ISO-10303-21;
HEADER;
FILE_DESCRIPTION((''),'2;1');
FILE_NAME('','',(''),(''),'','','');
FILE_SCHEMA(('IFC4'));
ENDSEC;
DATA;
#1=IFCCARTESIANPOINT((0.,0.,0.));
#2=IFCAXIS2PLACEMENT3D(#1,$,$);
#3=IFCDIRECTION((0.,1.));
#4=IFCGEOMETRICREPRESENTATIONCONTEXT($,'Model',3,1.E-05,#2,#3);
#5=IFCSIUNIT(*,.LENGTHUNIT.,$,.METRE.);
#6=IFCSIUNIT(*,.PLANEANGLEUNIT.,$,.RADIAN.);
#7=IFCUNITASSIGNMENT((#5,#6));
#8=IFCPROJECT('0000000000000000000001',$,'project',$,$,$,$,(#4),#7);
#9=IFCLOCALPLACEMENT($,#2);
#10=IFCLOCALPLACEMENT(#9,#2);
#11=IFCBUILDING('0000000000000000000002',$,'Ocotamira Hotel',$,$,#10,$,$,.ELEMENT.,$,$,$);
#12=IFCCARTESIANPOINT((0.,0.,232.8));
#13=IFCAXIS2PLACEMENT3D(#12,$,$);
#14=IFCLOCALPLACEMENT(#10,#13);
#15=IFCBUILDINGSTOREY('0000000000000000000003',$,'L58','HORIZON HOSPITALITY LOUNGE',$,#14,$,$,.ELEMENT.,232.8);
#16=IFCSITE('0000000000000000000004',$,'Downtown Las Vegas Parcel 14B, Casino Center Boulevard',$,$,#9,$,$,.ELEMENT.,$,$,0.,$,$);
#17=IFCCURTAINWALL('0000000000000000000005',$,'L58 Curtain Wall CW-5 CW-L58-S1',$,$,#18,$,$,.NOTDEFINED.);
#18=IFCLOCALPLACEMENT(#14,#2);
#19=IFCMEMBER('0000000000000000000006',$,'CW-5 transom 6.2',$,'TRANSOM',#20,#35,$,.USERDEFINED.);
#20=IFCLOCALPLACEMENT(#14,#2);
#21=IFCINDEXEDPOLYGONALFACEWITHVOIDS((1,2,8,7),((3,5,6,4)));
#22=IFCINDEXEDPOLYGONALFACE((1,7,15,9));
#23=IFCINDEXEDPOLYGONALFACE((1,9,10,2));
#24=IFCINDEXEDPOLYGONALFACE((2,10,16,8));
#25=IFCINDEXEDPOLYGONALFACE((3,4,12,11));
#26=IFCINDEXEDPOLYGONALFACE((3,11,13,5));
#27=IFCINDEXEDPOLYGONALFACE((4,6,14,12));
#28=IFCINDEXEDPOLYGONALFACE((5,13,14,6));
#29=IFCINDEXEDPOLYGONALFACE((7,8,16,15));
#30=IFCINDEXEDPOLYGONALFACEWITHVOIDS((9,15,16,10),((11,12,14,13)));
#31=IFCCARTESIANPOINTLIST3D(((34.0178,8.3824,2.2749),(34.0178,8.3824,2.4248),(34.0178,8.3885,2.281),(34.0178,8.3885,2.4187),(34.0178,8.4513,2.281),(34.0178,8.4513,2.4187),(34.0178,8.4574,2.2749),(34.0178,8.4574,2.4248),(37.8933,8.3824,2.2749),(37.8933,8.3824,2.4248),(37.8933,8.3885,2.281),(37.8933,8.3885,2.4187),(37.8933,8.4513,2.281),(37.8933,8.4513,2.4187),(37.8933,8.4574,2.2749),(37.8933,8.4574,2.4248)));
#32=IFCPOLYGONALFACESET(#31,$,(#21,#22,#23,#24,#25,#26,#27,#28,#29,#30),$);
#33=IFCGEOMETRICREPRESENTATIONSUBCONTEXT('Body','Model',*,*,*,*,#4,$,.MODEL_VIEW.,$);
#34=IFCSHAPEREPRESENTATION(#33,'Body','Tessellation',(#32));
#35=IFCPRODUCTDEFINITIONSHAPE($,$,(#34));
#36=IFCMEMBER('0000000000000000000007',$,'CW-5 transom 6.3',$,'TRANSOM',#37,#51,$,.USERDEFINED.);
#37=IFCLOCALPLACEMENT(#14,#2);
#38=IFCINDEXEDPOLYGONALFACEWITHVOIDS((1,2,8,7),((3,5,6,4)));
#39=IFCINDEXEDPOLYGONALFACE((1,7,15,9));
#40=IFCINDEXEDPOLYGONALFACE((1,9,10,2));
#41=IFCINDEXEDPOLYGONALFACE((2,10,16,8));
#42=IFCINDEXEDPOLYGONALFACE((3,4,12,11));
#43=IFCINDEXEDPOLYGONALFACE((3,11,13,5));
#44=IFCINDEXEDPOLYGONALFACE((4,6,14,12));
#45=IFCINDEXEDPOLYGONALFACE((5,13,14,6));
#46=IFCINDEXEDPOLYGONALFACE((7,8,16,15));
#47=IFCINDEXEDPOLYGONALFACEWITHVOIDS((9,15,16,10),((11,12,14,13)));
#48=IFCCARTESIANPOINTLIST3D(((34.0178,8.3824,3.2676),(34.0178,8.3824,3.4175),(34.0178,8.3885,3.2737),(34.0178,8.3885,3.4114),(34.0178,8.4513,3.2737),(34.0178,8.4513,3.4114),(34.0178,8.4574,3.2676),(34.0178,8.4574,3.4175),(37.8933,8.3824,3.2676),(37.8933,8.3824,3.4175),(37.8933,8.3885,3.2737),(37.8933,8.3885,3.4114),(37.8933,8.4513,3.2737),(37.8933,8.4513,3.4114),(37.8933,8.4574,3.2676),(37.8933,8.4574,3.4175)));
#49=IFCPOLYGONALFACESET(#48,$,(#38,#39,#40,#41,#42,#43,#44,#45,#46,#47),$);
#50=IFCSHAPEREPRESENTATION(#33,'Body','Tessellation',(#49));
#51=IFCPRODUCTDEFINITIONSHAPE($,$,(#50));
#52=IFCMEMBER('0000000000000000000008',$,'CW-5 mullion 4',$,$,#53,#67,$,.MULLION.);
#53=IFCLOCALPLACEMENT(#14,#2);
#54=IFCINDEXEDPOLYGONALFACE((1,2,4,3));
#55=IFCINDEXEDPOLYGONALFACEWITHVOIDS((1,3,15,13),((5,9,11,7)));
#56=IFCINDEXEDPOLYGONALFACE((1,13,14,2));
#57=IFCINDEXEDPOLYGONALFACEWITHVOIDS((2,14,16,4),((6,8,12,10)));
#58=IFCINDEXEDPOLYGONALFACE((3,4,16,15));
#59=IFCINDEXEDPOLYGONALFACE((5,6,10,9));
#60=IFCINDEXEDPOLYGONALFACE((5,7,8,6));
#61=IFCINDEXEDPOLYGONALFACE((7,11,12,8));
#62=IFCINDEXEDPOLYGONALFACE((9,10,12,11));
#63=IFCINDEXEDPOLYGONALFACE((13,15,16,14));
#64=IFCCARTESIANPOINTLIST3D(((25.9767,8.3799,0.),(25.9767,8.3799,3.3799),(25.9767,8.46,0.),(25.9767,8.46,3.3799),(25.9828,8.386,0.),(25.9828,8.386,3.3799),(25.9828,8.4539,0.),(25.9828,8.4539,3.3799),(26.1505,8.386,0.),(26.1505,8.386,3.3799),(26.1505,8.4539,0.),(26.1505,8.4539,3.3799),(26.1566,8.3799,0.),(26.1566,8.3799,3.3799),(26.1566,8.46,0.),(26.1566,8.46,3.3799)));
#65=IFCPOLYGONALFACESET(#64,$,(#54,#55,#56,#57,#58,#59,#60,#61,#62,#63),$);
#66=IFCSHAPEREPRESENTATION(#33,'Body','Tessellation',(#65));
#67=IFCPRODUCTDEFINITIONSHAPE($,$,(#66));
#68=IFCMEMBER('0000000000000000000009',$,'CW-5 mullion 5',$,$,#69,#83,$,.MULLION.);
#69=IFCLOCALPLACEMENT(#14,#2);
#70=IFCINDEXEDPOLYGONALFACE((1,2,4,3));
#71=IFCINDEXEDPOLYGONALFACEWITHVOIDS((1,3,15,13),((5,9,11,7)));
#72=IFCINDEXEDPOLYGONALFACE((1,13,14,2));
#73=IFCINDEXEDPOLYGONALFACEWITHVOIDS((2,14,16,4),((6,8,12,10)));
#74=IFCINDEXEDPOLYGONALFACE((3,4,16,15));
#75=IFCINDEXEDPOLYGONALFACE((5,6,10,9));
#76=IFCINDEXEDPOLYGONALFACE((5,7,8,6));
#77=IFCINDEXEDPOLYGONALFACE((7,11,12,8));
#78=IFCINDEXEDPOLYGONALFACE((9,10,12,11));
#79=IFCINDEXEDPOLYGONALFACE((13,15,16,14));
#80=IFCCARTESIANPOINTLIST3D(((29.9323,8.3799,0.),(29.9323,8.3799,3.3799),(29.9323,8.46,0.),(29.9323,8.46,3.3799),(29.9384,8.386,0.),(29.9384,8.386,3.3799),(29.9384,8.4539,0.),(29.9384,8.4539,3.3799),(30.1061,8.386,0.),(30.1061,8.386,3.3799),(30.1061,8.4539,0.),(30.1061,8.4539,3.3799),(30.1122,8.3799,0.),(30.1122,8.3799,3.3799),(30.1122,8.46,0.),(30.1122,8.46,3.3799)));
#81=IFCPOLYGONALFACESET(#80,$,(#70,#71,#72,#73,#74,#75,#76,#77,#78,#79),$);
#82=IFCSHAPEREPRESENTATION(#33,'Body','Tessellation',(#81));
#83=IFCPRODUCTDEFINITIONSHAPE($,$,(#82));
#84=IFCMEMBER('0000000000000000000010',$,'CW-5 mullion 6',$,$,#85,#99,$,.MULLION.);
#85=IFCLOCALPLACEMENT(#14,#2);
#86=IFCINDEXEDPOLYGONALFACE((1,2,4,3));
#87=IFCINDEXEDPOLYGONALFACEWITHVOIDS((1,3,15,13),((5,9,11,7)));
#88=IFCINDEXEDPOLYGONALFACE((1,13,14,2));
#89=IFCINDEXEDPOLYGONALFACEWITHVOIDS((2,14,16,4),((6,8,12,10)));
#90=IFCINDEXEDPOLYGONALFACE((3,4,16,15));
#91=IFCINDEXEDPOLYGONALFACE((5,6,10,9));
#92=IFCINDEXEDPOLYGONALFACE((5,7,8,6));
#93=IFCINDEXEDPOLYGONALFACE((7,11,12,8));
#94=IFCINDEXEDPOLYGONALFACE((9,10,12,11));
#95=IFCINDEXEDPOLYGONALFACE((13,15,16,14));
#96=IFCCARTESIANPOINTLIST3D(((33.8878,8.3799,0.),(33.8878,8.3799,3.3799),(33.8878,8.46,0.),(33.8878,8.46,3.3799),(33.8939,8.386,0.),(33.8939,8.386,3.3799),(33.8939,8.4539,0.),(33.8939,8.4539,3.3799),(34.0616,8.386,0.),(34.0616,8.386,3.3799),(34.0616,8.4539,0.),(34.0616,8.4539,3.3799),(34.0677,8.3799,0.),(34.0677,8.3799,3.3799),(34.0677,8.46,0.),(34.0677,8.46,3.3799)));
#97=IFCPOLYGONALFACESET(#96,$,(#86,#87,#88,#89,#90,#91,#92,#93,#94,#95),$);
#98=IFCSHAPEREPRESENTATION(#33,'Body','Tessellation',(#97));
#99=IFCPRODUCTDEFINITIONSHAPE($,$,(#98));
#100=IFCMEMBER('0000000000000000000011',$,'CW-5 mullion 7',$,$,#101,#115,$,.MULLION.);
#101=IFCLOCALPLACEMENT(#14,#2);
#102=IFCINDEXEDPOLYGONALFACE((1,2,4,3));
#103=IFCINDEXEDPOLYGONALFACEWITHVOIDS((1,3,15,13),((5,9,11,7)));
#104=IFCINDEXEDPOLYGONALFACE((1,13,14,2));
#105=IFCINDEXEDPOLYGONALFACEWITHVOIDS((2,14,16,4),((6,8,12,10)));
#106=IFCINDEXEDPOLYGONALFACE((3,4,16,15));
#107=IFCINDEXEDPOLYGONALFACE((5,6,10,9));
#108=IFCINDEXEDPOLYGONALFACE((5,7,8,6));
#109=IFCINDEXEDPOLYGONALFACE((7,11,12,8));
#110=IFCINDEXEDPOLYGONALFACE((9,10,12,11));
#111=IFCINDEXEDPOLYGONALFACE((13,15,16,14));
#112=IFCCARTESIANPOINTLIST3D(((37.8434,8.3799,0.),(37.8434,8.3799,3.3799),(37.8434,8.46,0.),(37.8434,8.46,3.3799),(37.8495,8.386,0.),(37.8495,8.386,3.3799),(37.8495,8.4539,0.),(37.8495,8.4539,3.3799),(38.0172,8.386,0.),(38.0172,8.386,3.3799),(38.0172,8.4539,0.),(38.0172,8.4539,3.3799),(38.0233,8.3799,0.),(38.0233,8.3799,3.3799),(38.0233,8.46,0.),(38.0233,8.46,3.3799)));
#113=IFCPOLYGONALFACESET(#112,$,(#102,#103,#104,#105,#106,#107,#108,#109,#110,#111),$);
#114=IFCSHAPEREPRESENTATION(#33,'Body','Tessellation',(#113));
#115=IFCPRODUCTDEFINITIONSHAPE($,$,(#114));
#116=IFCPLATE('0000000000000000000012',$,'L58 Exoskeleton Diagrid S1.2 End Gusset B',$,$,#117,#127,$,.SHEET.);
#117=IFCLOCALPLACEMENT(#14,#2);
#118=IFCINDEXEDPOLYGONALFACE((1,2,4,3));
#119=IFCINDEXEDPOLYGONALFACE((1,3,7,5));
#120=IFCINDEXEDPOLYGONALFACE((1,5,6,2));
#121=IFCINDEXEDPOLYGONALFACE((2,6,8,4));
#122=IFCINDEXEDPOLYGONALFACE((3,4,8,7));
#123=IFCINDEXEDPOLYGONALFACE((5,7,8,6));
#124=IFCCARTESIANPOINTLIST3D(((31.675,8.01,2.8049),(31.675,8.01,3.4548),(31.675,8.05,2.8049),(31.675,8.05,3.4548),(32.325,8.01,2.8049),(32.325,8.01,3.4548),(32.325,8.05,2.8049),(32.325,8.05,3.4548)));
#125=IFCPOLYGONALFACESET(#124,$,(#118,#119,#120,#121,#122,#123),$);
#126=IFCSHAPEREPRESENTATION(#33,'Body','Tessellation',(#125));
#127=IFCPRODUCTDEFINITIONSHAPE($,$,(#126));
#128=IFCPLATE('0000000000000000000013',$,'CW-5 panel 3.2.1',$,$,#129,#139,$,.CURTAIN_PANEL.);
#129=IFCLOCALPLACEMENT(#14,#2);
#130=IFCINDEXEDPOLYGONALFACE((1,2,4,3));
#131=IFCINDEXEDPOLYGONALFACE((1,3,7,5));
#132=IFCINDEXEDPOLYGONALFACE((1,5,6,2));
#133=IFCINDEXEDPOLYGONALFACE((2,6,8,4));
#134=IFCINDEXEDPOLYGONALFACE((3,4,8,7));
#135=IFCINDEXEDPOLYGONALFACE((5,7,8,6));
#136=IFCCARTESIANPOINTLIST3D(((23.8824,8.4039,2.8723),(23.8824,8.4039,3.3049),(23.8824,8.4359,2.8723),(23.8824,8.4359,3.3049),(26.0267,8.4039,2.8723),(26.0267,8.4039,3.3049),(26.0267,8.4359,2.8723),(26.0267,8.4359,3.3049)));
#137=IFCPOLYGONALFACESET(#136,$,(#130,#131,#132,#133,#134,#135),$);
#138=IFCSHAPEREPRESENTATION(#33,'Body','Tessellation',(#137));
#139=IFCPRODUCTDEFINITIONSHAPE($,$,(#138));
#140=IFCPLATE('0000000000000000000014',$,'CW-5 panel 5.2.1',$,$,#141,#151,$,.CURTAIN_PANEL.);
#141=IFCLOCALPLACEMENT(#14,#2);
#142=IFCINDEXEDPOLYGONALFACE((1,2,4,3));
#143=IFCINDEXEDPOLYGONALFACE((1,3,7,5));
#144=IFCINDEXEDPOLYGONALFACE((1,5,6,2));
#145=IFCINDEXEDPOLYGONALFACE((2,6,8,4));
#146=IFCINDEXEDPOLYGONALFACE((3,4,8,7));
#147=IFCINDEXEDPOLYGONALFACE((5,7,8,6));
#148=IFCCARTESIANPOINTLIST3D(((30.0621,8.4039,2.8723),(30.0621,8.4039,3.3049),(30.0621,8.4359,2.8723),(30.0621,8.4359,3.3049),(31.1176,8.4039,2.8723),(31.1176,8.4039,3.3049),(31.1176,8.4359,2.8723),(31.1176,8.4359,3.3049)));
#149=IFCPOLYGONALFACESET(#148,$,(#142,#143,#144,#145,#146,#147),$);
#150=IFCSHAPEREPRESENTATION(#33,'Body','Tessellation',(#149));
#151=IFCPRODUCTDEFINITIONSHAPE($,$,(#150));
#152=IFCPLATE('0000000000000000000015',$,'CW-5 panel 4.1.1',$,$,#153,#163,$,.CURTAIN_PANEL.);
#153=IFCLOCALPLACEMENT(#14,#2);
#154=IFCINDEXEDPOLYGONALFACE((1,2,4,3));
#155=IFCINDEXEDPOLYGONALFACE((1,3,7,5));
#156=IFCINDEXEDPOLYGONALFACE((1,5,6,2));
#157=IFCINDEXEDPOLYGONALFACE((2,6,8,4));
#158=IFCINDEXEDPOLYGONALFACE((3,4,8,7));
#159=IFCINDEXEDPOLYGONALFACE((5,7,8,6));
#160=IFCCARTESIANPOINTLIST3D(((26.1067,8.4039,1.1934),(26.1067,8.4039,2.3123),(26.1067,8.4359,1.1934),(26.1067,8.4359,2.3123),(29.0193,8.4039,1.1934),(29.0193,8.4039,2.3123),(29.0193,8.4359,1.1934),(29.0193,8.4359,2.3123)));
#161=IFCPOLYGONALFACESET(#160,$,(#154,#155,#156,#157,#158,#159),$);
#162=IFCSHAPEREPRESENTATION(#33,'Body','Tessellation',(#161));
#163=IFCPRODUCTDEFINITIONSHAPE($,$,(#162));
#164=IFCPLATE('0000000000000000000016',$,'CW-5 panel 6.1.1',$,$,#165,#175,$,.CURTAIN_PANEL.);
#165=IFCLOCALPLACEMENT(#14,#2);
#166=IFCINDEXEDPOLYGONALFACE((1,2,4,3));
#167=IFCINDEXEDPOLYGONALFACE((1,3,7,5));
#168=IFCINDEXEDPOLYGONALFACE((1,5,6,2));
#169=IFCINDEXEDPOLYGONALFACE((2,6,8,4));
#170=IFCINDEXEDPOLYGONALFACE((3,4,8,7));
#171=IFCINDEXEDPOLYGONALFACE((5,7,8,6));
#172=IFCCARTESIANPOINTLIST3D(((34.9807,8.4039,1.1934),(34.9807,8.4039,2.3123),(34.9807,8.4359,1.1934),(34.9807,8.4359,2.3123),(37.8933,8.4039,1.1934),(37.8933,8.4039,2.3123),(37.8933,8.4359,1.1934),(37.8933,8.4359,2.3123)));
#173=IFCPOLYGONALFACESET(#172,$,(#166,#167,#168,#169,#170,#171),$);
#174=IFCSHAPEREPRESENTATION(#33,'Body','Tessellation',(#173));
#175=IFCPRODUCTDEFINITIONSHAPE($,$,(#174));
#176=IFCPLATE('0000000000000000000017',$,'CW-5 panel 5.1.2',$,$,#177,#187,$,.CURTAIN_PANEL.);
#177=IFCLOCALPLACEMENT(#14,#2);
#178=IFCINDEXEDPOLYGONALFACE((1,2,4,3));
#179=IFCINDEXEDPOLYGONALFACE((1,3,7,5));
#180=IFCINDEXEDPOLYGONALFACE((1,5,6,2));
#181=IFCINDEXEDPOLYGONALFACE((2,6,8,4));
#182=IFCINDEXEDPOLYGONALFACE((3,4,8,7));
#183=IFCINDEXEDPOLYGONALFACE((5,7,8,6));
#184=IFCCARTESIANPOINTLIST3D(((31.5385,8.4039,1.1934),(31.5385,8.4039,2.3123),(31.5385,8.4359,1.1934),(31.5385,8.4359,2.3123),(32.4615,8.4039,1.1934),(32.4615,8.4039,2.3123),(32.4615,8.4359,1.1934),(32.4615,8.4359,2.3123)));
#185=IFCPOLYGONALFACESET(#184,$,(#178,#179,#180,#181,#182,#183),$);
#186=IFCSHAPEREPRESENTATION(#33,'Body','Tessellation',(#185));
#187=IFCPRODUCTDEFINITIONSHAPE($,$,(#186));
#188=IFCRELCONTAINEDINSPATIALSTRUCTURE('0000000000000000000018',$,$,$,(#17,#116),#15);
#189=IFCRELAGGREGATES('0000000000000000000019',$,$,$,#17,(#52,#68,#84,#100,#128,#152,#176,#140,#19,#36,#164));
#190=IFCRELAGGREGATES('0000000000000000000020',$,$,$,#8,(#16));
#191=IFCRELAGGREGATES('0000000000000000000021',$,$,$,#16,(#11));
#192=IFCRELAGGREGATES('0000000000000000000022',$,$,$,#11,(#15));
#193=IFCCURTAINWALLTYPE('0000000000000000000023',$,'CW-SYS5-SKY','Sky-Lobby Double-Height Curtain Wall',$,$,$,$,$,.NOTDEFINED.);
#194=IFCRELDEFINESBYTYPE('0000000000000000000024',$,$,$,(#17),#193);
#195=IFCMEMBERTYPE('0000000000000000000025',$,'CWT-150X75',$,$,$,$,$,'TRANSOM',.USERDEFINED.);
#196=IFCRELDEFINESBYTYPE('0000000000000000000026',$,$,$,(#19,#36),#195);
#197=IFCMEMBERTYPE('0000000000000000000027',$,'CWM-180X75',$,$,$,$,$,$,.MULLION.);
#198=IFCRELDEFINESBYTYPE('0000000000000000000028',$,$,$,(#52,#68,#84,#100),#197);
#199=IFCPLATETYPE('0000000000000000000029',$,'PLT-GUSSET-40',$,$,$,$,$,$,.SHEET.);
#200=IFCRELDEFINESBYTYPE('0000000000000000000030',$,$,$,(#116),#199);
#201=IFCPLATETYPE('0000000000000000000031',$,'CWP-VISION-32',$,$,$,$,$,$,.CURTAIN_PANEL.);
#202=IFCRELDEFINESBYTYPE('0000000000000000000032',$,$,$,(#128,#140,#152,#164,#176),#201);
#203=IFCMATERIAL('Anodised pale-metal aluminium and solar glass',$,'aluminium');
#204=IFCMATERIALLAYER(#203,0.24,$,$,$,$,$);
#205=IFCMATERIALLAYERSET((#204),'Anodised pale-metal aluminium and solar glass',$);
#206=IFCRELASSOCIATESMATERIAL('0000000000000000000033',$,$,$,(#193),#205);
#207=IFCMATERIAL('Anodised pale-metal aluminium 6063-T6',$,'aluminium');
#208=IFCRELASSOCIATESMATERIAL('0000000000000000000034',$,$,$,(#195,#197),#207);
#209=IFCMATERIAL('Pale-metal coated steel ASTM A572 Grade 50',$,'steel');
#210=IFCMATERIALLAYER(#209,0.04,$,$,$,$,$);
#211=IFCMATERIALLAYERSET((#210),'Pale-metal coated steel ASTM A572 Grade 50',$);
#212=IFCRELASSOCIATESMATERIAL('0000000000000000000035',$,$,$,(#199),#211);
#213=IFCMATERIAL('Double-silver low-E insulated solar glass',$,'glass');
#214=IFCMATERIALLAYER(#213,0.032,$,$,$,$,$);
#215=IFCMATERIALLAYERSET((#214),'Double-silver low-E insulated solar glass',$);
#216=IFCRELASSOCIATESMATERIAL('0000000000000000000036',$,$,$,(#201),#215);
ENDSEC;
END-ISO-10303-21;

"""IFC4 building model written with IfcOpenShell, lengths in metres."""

from ifc_helpers import new_model, si_unit, direction, frame, origin, origin_2d, place, context, subcontext, project, spatial, rectangle, hollow_rectangle, extrude, source, transform, mapped, material, layer, layer_set, material_profile, profile_set, type_object, element, aggregate, save


model = new_model("IFC4")

# Units and contexts
model_context = context("Model", 3, precision=1e-05, world=origin(), true_north=direction((0.0, 1.0)))
body_context = subcontext(model_context, "Body", "Model", "MODEL_VIEW")
ifc_project = project(units=[si_unit("LENGTHUNIT", "METRE"), si_unit("PLANEANGLEUNIT", "RADIAN")], contexts=[model_context])

# Site, building, storey
site_placement = place(None, origin())
site = spatial("IfcSite", under=ifc_project, at=site_placement, Name="Downtown Las Vegas Parcel 14B, Casino Center Boulevard", CompositionType="ELEMENT", RefElevation=0.0)
building_placement = place(site_placement, origin())
building = spatial("IfcBuilding", under=site, at=building_placement, Name="Ocotamira Hotel", CompositionType="ELEMENT")
storey_placement = place(building_placement, frame((0.0, 0.0, 232.8)))
storey = spatial("IfcBuildingStorey", under=building, at=storey_placement, Name="L58", Description="HORIZON HOSPITALITY LOUNGE", CompositionType="ELEMENT", Elevation=232.8)

# Curtain wall, members
ifc_material_1 = material(Name="Anodised pale-metal aluminium and solar glass", Category="aluminium")
ifc_layer_1 = layer(ifc_material_1, 0.24)
ifc_layer_set_1 = layer_set([ifc_layer_1], Name="Anodised pale-metal aluminium and solar glass")
curtain_wall_type = type_object("IfcCurtainWallType", Name="CW-SYS5-SKY", Description="Sky-Lobby Double-Height Curtain Wall", PredefinedType="NOTDEFINED", material=ifc_layer_set_1)
curtain_wall_placement = place(storey_placement, origin())
curtain_wall = element("IfcCurtainWall", 1, at=curtain_wall_placement, inside=storey, type_object=curtain_wall_type, Name="L58 Curtain Wall CW-5 CW-L58-S1", PredefinedType="NOTDEFINED")
ifc_material_2 = material(Name="Anodised pale-metal aluminium 6063-T6", Category="aluminium")
ifc_material_profile_1 = material_profile(ifc_material_2, hollow_rectangle(XDim=0.075, YDim=0.1499, WallThickness=0.0061, at=origin_2d()), Name="HSS150X75X6")
ifc_profile_set_1 = profile_set([ifc_material_profile_1], Name="Anodised pale-metal aluminium 6063-T6")
member_type_1 = type_object("IfcMemberType", Name="CWT-150X75", ElementType="TRANSOM", PredefinedType="USERDEFINED", material=ifc_profile_set_1)
shared_shape_1 = source(origin(), body_context, "Body", "SweptSolid", [
    extrude(hollow_rectangle(XDim=0.075, YDim=0.1499, WallThickness=0.0061, at=origin_2d()), origin(), (0.0, 0.0, 1.0), 3.8755),
])
member_1_placement = place(storey_placement, frame((34.0178, 8.4199, 2.3499), z_axis=(1.0, 0.0, 0.0), x_axis=(0.0, 1.0, 0.0)))
member_1 = element("IfcMember", 2, at=member_1_placement, type_object=member_type_1, Name="CW-5 transom 6.2", ObjectType="TRANSOM", PredefinedType="USERDEFINED", context=body_context, shape_type="MappedRepresentation", body=[
    mapped(shared_shape_1, transform((0.0, 0.0, 0.0), scale=1.0)),
])
member_2_placement = place(storey_placement, frame((34.0178, 8.4199, 3.3425), z_axis=(1.0, 0.0, 0.0), x_axis=(0.0, 1.0, 0.0)))
member_2 = element("IfcMember", 3, at=member_2_placement, type_object=member_type_1, Name="CW-5 transom 6.3", ObjectType="TRANSOM", PredefinedType="USERDEFINED", context=body_context, shape_type="MappedRepresentation", body=[
    mapped(shared_shape_1, transform((0.0, 0.0, 0.0), scale=1.0)),
])
ifc_material_profile_2 = material_profile(ifc_material_2, hollow_rectangle(XDim=0.0801, YDim=0.1799, WallThickness=0.0061, at=origin_2d()), Name="HSS180X80X6")
ifc_profile_set_2 = profile_set([ifc_material_profile_2], Name="Anodised pale-metal aluminium 6063-T6")
member_type_2 = type_object("IfcMemberType", Name="CWM-180X75", PredefinedType="MULLION", material=ifc_profile_set_2)
shared_shape_2 = source(origin(), body_context, "Body", "SweptSolid", [
    extrude(hollow_rectangle(XDim=0.0801, YDim=0.1799, WallThickness=0.0061, at=origin_2d()), origin(), (0.0, 0.0, 1.0), 3.3799),
])
member_3_placement = place(storey_placement, frame((26.0667, 8.4199, 0.0), z_axis=(0.0, 0.0, 1.0), x_axis=(0.0, 1.0, 0.0)))
member_3 = element("IfcMember", 4, at=member_3_placement, type_object=member_type_2, Name="CW-5 mullion 4", PredefinedType="MULLION", context=body_context, shape_type="MappedRepresentation", body=[
    mapped(shared_shape_2, transform((0.0, 0.0, 0.0), scale=1.0)),
])
member_4_placement = place(storey_placement, frame((30.0222, 8.4199, 0.0), z_axis=(0.0, 0.0, 1.0), x_axis=(0.0, 1.0, 0.0)))
member_4 = element("IfcMember", 5, at=member_4_placement, type_object=member_type_2, Name="CW-5 mullion 5", PredefinedType="MULLION", context=body_context, shape_type="MappedRepresentation", body=[
    mapped(shared_shape_2, transform((0.0, 0.0, 0.0), scale=1.0)),
])
member_5_placement = place(storey_placement, frame((33.9778, 8.4199, 0.0), z_axis=(0.0, 0.0, 1.0), x_axis=(0.0, 1.0, 0.0)))
member_5 = element("IfcMember", 6, at=member_5_placement, type_object=member_type_2, Name="CW-5 mullion 6", PredefinedType="MULLION", context=body_context, shape_type="MappedRepresentation", body=[
    mapped(shared_shape_2, transform((0.0, 0.0, 0.0), scale=1.0)),
])
member_6_placement = place(storey_placement, frame((37.9333, 8.4199, 0.0), z_axis=(0.0, 0.0, 1.0), x_axis=(0.0, 1.0, 0.0)))
member_6 = element("IfcMember", 7, at=member_6_placement, type_object=member_type_2, Name="CW-5 mullion 7", PredefinedType="MULLION", context=body_context, shape_type="MappedRepresentation", body=[
    mapped(shared_shape_2, transform((0.0, 0.0, 0.0), scale=1.0)),
])

# Plates
ifc_material_3 = material(Name="Pale-metal coated steel ASTM A572 Grade 50", Category="steel")
ifc_layer_2 = layer(ifc_material_3, 0.04)
ifc_layer_set_2 = layer_set([ifc_layer_2], Name="Pale-metal coated steel ASTM A572 Grade 50")
plate_type_1 = type_object("IfcPlateType", Name="PLT-GUSSET-40", PredefinedType="SHEET", material=ifc_layer_set_2)
shared_shape_3 = source(origin(), body_context, "Body", "SweptSolid", [
    extrude(rectangle(XDim=0.6499, YDim=0.04, at=origin_2d()), origin(), (0.0, 0.0, 1.0), 0.6499),
])
plate_1_placement = place(storey_placement, frame((32.0, 8.03, 2.8049), z_axis=(0.0, 0.0, 1.0), x_axis=(1.0, 0.0, 0.0)))
element("IfcPlate", 8, at=plate_1_placement, inside=storey, type_object=plate_type_1, Name="L58 Exoskeleton Diagrid S1.2 End Gusset B", PredefinedType="SHEET", context=body_context, shape_type="MappedRepresentation", body=[
    mapped(shared_shape_3, transform((0.0, 0.0, 0.0), scale=1.0)),
])
ifc_material_4 = material(Name="Double-silver low-E insulated solar glass", Category="glass")
ifc_layer_3 = layer(ifc_material_4, 0.032)
ifc_layer_set_3 = layer_set([ifc_layer_3], Name="Double-silver low-E insulated solar glass")
plate_type_2 = type_object("IfcPlateType", Name="CWP-VISION-32", PredefinedType="CURTAIN_PANEL", material=ifc_layer_set_3)
shared_shape_4 = source(origin(), body_context, "Body", "SweptSolid", [
    extrude(rectangle(XDim=2.1443, YDim=0.032, at=origin_2d()), origin(), (0.0, 0.0, 1.0), 0.4326),
])
plate_2_placement = place(storey_placement, frame((24.9546, 8.4199, 2.8723), z_axis=(0.0, 0.0, 1.0), x_axis=(1.0, 0.0, 0.0)))
plate_2 = element("IfcPlate", 9, at=plate_2_placement, type_object=plate_type_2, Name="CW-5 panel 3.2.1", PredefinedType="CURTAIN_PANEL", context=body_context, shape_type="MappedRepresentation", body=[
    mapped(shared_shape_4, transform((0.0, 0.0, 0.0), scale=1.0)),
])
shared_shape_5 = source(origin(), body_context, "Body", "SweptSolid", [
    extrude(rectangle(XDim=1.0554, YDim=0.032, at=origin_2d()), origin(), (0.0, 0.0, 1.0), 0.4326),
])
plate_3_placement = place(storey_placement, frame((30.5898, 8.4199, 2.8723), z_axis=(0.0, 0.0, 1.0), x_axis=(1.0, 0.0, 0.0)))
plate_3 = element("IfcPlate", 10, at=plate_3_placement, type_object=plate_type_2, Name="CW-5 panel 5.2.1", PredefinedType="CURTAIN_PANEL", context=body_context, shape_type="MappedRepresentation", body=[
    mapped(shared_shape_5, transform((0.0, 0.0, 0.0), scale=1.0)),
])
shared_shape_6 = source(origin(), body_context, "Body", "SweptSolid", [
    extrude(rectangle(XDim=2.9126, YDim=0.032, at=origin_2d()), origin(), (0.0, 0.0, 1.0), 1.1189),
])
plate_4_placement = place(storey_placement, frame((27.563, 8.4199, 1.1934), z_axis=(0.0, 0.0, 1.0), x_axis=(1.0, 0.0, 0.0)))
plate_4 = element("IfcPlate", 11, at=plate_4_placement, type_object=plate_type_2, Name="CW-5 panel 4.1.1", PredefinedType="CURTAIN_PANEL", context=body_context, shape_type="MappedRepresentation", body=[
    mapped(shared_shape_6, transform((0.0, 0.0, 0.0), scale=1.0)),
])
plate_5_placement = place(storey_placement, frame((36.437, 8.4199, 1.1934), z_axis=(0.0, 0.0, 1.0), x_axis=(1.0, 0.0, 0.0)))
plate_5 = element("IfcPlate", 12, at=plate_5_placement, type_object=plate_type_2, Name="CW-5 panel 6.1.1", PredefinedType="CURTAIN_PANEL", context=body_context, shape_type="MappedRepresentation", body=[
    mapped(shared_shape_6, transform((0.0, 0.0, 0.0), scale=1.0)),
])
shared_shape_7 = source(origin(), body_context, "Body", "SweptSolid", [
    extrude(rectangle(XDim=0.9231, YDim=0.032, at=origin_2d()), origin(), (0.0, 0.0, 1.0), 1.1189),
])
plate_6_placement = place(storey_placement, frame((32.0, 8.4199, 1.1934), z_axis=(0.0, 0.0, 1.0), x_axis=(1.0, 0.0, 0.0)))
plate_6 = element("IfcPlate", 13, at=plate_6_placement, type_object=plate_type_2, Name="CW-5 panel 5.1.2", PredefinedType="CURTAIN_PANEL", context=body_context, shape_type="MappedRepresentation", body=[
    mapped(shared_shape_7, transform((0.0, 0.0, 0.0), scale=1.0)),
])
aggregate(curtain_wall, [member_3, member_4, member_5, member_6, plate_2, plate_4, plate_6, plate_3, member_1, member_2, plate_5])

save(model, "model.ifc")
